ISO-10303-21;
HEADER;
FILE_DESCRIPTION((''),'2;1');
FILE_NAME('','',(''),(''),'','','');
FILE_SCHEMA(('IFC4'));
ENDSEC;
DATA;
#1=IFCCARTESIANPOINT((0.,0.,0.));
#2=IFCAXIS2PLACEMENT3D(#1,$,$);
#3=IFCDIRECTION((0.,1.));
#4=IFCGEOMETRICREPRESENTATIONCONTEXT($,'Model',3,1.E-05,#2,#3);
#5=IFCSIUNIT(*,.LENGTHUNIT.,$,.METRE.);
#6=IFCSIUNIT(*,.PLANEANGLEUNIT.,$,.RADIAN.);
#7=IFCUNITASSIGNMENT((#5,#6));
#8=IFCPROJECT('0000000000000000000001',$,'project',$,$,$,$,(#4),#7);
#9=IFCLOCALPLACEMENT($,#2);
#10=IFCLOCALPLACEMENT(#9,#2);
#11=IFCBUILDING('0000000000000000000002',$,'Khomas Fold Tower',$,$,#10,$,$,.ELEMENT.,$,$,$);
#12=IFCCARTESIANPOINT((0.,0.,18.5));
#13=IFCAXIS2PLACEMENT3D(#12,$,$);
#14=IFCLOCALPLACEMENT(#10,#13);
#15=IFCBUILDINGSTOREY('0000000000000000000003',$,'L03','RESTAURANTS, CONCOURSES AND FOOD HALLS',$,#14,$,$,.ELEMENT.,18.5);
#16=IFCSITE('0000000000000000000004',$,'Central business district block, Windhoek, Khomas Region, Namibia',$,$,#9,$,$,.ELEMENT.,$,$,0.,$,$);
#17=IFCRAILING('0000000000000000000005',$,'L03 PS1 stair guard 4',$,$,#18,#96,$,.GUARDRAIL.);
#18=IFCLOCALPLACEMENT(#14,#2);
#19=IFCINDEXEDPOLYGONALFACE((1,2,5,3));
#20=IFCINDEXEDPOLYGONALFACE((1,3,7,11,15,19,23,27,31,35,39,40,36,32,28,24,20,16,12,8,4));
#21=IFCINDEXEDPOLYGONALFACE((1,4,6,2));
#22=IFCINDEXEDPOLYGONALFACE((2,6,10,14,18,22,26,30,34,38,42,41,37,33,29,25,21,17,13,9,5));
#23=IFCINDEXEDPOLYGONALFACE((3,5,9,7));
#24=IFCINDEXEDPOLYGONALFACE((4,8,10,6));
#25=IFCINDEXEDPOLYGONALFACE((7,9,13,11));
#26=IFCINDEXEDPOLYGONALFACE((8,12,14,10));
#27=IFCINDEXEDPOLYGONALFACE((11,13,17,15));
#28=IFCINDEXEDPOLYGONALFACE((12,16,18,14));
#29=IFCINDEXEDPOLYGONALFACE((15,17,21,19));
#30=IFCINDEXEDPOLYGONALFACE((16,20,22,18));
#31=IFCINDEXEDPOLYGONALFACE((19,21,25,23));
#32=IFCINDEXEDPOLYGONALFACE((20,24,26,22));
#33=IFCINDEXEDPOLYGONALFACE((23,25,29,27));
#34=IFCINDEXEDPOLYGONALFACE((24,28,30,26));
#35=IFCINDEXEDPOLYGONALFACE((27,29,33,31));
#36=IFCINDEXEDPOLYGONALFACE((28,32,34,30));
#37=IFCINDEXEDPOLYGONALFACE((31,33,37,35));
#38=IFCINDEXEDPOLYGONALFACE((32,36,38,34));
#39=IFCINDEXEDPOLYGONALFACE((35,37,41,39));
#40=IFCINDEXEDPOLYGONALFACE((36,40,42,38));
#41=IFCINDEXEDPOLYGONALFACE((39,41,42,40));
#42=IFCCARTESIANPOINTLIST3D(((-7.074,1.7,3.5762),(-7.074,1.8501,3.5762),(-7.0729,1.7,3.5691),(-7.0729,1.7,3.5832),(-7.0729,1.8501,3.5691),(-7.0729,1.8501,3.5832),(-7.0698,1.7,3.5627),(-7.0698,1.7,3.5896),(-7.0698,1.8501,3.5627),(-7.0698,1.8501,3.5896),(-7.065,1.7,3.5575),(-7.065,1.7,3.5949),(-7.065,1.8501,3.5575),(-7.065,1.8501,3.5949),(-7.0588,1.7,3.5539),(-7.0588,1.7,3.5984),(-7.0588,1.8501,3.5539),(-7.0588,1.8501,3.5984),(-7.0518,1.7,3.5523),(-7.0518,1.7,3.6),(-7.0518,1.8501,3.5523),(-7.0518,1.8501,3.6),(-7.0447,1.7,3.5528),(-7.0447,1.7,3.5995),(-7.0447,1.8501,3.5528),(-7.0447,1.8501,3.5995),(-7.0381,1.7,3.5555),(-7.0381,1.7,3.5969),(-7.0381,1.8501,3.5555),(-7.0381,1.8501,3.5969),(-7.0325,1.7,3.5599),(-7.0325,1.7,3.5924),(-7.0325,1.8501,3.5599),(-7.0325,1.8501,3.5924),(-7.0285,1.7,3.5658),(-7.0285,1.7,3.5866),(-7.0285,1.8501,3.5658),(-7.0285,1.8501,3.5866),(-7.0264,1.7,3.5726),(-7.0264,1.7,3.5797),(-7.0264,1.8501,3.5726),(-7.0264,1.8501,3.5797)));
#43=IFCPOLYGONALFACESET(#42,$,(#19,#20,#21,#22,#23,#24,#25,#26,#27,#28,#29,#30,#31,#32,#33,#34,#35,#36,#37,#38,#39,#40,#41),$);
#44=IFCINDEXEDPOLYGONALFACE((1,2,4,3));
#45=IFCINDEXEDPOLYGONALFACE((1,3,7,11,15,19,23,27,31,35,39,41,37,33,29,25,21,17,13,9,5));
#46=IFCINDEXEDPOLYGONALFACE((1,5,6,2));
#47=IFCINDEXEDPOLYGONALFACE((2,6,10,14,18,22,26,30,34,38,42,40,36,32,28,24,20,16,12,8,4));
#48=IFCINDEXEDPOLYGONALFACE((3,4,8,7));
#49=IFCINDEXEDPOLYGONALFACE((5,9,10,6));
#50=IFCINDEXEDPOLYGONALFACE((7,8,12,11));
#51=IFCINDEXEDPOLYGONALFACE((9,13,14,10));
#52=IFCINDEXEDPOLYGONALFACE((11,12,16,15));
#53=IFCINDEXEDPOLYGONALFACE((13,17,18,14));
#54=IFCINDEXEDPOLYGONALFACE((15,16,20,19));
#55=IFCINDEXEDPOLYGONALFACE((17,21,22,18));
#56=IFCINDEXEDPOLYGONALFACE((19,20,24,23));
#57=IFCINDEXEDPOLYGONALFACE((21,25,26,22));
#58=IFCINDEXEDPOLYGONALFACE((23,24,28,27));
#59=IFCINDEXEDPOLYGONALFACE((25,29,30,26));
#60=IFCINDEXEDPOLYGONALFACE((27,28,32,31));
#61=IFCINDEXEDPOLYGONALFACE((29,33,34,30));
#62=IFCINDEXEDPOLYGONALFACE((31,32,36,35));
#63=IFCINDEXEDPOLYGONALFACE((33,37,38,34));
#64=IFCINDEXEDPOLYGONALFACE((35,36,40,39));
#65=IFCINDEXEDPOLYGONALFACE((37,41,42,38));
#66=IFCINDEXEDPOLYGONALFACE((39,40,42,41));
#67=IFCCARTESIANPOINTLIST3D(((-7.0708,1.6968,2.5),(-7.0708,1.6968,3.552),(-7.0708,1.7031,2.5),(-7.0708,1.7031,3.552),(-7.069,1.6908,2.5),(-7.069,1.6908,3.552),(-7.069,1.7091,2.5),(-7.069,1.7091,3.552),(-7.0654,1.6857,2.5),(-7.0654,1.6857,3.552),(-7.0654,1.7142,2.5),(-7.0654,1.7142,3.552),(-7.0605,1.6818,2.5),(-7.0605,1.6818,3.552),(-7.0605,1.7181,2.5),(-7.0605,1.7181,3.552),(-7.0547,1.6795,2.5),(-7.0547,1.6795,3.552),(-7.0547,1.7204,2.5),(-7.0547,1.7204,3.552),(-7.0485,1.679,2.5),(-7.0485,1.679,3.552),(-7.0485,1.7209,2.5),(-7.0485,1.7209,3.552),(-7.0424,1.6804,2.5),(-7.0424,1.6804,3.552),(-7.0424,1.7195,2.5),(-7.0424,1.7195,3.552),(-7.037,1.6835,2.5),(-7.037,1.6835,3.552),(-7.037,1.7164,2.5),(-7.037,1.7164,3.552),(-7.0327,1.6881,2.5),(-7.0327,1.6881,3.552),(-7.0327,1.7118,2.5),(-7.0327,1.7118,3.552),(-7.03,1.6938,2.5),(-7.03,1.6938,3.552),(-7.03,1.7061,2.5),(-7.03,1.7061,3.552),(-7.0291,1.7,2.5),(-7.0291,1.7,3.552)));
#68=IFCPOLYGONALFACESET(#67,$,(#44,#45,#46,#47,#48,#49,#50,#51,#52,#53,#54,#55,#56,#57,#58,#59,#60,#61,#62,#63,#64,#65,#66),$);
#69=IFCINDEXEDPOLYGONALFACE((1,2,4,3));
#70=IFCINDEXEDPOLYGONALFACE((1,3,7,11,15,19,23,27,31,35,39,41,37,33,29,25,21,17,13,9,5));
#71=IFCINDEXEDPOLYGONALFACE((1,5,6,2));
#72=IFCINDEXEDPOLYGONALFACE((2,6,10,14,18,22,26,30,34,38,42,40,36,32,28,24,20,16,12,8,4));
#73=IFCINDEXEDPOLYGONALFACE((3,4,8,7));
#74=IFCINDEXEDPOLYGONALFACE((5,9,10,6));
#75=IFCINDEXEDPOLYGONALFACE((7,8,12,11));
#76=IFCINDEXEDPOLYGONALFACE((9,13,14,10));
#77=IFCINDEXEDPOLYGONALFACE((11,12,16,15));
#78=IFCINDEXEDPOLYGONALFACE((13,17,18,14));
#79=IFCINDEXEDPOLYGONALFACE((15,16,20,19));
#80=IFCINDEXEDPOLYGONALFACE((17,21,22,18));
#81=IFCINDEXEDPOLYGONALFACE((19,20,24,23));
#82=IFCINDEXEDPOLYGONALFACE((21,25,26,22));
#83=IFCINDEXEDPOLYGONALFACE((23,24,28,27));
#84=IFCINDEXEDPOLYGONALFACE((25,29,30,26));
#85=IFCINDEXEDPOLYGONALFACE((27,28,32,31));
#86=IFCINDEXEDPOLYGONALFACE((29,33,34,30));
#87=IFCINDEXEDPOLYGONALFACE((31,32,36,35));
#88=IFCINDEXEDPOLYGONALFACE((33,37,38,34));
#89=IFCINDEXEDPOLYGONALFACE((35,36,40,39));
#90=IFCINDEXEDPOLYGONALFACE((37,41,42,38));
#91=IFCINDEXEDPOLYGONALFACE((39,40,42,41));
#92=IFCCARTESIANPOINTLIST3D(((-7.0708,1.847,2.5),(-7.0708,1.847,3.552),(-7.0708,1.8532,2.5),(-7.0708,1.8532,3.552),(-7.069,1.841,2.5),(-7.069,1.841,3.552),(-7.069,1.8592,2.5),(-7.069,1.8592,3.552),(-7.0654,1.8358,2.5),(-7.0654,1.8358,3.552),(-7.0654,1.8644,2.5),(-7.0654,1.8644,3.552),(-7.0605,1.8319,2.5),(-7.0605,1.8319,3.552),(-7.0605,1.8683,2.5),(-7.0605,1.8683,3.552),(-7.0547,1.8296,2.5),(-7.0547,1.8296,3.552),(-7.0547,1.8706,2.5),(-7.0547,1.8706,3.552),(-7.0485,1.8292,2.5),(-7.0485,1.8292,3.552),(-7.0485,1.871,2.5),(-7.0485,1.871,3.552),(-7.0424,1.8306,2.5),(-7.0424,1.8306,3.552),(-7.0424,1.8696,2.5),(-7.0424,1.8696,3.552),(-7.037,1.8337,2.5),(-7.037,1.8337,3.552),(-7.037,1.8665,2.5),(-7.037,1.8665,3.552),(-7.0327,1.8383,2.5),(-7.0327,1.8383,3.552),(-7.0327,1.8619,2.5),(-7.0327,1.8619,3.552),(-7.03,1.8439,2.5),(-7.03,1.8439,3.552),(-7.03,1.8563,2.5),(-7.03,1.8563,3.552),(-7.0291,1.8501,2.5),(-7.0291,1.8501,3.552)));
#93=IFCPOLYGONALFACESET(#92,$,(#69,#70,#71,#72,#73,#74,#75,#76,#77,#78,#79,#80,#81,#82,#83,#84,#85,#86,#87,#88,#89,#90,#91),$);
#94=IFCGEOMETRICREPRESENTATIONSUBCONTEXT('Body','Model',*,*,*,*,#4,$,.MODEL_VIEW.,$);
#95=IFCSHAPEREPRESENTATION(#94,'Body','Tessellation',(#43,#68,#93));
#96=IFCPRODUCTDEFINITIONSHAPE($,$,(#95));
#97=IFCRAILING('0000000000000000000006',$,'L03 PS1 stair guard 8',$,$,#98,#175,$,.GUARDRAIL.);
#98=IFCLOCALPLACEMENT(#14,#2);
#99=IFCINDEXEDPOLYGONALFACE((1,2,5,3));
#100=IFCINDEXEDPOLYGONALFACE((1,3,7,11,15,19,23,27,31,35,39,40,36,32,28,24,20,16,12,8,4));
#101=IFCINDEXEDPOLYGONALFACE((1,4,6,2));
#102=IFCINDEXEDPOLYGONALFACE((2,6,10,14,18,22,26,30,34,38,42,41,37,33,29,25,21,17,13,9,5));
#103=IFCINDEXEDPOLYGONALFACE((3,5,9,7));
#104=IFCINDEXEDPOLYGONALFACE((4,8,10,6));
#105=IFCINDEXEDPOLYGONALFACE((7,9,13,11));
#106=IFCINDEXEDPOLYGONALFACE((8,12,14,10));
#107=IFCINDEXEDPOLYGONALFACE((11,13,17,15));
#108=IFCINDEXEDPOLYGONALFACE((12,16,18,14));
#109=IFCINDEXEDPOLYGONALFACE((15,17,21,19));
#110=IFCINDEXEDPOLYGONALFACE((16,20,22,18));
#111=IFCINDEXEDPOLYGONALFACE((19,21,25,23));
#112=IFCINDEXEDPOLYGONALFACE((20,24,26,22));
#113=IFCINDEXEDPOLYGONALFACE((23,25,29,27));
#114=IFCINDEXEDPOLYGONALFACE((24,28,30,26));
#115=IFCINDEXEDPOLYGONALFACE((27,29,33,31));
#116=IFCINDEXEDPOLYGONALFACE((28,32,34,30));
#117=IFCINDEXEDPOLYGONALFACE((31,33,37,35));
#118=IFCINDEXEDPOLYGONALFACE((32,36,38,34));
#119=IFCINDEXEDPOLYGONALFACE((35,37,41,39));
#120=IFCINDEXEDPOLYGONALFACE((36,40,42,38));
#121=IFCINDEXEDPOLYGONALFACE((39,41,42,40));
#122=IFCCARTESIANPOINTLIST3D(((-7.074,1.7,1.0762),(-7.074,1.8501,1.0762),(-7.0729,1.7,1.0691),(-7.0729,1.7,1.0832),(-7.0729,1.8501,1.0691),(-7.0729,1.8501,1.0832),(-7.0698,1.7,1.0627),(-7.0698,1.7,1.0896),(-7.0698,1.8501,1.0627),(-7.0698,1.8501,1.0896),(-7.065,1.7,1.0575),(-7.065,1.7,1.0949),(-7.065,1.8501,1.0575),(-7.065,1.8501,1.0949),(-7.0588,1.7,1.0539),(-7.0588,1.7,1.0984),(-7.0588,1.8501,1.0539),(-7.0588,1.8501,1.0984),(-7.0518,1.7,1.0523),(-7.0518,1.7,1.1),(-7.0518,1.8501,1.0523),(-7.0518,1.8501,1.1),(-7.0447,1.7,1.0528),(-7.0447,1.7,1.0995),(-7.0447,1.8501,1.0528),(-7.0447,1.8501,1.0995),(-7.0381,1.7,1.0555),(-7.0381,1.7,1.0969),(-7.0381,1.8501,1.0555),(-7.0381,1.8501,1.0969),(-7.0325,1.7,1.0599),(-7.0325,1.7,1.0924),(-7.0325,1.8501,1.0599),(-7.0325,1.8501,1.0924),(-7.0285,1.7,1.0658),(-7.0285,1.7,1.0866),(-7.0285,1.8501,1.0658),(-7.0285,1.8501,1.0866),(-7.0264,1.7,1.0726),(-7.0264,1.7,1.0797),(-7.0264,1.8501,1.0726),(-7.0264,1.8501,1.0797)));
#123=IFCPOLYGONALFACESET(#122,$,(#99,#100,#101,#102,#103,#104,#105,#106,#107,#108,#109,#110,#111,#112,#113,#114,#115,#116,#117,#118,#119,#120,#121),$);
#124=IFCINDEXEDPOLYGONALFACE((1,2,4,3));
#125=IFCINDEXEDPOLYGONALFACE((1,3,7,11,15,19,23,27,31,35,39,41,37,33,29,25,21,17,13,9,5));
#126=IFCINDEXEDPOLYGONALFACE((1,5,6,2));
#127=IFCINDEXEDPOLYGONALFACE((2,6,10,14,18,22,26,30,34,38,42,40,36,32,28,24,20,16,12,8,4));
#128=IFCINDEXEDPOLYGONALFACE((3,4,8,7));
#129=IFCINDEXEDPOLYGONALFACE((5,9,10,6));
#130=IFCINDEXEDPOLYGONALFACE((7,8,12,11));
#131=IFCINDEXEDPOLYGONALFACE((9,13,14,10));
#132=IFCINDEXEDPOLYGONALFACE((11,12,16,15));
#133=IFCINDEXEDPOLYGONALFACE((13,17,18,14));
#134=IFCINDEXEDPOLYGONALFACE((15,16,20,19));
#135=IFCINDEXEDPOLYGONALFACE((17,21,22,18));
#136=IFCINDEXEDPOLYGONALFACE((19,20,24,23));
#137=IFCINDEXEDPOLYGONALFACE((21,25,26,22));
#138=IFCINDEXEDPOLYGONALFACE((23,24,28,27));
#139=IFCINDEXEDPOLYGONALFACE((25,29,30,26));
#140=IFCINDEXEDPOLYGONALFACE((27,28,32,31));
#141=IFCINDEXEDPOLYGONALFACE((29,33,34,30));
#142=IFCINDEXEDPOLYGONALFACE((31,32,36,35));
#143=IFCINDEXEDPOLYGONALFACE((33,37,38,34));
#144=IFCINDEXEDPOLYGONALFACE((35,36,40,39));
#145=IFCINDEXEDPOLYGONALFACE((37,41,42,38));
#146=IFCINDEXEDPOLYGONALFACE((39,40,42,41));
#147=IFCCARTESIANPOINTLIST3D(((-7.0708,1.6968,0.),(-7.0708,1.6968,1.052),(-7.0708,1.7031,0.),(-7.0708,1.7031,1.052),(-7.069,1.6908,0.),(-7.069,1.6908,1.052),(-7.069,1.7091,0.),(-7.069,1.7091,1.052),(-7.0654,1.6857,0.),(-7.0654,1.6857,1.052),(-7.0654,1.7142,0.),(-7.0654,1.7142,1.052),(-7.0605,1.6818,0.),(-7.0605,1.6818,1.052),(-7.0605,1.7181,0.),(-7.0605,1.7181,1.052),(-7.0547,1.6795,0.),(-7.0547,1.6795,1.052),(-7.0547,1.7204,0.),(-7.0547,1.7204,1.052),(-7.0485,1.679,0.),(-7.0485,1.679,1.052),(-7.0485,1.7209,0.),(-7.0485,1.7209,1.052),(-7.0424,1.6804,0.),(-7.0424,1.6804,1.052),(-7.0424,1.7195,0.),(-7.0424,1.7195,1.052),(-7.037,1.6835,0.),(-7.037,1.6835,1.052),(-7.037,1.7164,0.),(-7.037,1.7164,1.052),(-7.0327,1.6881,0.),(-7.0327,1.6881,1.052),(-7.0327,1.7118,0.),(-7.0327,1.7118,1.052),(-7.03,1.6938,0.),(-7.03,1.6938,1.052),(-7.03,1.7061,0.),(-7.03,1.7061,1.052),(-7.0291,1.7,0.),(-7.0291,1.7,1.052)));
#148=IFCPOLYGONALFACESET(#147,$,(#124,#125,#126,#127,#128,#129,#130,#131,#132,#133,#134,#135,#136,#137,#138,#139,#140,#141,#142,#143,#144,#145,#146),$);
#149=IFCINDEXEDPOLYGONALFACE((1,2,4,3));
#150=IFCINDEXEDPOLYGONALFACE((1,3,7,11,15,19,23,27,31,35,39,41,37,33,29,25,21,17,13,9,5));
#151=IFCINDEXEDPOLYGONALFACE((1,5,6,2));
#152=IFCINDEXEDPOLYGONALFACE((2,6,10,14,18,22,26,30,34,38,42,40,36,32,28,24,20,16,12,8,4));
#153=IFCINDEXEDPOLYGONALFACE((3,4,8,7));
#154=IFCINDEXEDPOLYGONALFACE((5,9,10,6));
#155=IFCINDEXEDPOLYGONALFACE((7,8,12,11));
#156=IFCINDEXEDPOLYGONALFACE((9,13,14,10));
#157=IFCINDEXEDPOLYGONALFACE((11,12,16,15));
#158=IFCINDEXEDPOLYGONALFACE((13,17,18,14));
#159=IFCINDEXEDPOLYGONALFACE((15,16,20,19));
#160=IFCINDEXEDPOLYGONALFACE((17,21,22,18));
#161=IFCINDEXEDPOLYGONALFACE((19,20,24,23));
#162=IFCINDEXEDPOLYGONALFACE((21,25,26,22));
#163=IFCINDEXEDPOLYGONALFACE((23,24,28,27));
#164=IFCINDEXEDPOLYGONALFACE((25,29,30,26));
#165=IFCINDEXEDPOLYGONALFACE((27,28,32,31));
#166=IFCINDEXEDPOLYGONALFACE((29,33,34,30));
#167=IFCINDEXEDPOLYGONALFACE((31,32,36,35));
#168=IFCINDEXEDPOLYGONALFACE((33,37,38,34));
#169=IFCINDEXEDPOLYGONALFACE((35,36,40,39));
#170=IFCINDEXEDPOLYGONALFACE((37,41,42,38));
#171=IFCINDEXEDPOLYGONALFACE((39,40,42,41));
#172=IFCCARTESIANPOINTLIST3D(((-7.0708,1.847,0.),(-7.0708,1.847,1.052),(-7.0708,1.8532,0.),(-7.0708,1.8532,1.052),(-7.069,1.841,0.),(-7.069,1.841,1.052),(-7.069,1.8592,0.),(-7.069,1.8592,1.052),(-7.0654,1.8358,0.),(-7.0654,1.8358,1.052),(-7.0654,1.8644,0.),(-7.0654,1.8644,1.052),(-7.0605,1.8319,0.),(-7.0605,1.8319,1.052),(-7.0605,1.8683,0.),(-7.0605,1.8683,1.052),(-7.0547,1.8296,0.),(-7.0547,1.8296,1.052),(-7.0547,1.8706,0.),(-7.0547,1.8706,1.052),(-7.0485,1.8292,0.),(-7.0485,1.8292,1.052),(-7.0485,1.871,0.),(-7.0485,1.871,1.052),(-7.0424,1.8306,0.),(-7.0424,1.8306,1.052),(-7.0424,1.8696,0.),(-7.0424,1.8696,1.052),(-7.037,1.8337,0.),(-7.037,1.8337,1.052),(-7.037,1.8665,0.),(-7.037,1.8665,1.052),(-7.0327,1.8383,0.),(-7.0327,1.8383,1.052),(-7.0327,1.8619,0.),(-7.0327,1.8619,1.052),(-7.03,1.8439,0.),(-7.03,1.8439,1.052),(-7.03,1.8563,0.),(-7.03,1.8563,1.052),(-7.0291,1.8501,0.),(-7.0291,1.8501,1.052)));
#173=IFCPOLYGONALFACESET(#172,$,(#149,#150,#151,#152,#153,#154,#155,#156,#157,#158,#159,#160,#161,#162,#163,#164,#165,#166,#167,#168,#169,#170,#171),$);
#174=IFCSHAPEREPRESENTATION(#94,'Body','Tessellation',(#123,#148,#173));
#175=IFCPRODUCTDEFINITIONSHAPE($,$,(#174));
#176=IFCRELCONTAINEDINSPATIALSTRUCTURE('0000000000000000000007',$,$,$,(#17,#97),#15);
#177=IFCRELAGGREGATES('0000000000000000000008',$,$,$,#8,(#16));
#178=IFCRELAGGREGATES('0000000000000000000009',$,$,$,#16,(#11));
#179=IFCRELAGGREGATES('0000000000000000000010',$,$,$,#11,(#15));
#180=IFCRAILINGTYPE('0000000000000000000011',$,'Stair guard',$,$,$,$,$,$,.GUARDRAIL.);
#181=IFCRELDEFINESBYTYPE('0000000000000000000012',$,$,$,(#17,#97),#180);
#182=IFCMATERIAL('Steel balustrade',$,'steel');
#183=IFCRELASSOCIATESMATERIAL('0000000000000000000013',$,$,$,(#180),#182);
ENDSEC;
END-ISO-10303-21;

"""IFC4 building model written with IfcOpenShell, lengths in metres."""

from ifc_helpers import new_model, si_unit, direction, frame, origin, origin_2d, place, context, subcontext, project, spatial, circle, extrude, source, transform, mapped, material, type_object, element, save


model = new_model("IFC4")

# Units and contexts
model_context = context("Model", 3, precision=1e-05, world=origin(), true_north=direction((0.0, 1.0)))
body_context = subcontext(model_context, "Body", "Model", "MODEL_VIEW")
ifc_project = project(units=[si_unit("LENGTHUNIT", "METRE"), si_unit("PLANEANGLEUNIT", "RADIAN")], contexts=[model_context])

# Site, building, storey
site_placement = place(None, origin())
site = spatial("IfcSite", under=ifc_project, at=site_placement, Name="Central business district block, Windhoek, Khomas Region, Namibia", CompositionType="ELEMENT", RefElevation=0.0)
building_placement = place(site_placement, origin())
building = spatial("IfcBuilding", under=site, at=building_placement, Name="Khomas Fold Tower", CompositionType="ELEMENT")
storey_placement = place(building_placement, frame((0.0, 0.0, 18.5)))
storey = spatial("IfcBuildingStorey", under=building, at=storey_placement, Name="L03", Description="RESTAURANTS, CONCOURSES AND FOOD HALLS", CompositionType="ELEMENT", Elevation=18.5)

# Railings
ifc_material_1 = material(Name="Steel balustrade", Category="steel")
railing_type_1 = type_object("IfcRailingType", Name="Stair guard", PredefinedType="GUARDRAIL", material=ifc_material_1)
shared_shape_1 = source(origin(), body_context, "Body", "SweptSolid", [
    extrude(circle(Radius=0.0239, at=origin_2d()), frame((0.0, 0.0, 1.0762), z_axis=(0.0, 1.0, 0.0), x_axis=(-1.0, 0.0, 0.0)), (0.0, 0.0, 1.0), 0.1501),
    extrude(circle(Radius=0.021, at=origin_2d()), origin(), (0.0, 0.0, 1.0), 1.052),
    extrude(circle(Radius=0.021, at=origin_2d()), frame((0.0, 0.1501, 0.0)), (0.0, 0.0, 1.0), 1.052),
])
for number, where, name in (
    (1, (-7.05, 1.7, 2.5), "L03 PS1 stair guard 4"),
    (2, (-7.05, 1.7, 0.0), "L03 PS1 stair guard 8"),
):
    element("IfcRailing", number, at=place(storey_placement, frame(where)), inside=storey, type_object=railing_type_1, Name=name, PredefinedType="GUARDRAIL", context=body_context, shape_type="MappedRepresentation", body=[
        mapped(shared_shape_1, transform((0.0, 0.0, 0.0))),
    ])

save(model, "model.ifc")
